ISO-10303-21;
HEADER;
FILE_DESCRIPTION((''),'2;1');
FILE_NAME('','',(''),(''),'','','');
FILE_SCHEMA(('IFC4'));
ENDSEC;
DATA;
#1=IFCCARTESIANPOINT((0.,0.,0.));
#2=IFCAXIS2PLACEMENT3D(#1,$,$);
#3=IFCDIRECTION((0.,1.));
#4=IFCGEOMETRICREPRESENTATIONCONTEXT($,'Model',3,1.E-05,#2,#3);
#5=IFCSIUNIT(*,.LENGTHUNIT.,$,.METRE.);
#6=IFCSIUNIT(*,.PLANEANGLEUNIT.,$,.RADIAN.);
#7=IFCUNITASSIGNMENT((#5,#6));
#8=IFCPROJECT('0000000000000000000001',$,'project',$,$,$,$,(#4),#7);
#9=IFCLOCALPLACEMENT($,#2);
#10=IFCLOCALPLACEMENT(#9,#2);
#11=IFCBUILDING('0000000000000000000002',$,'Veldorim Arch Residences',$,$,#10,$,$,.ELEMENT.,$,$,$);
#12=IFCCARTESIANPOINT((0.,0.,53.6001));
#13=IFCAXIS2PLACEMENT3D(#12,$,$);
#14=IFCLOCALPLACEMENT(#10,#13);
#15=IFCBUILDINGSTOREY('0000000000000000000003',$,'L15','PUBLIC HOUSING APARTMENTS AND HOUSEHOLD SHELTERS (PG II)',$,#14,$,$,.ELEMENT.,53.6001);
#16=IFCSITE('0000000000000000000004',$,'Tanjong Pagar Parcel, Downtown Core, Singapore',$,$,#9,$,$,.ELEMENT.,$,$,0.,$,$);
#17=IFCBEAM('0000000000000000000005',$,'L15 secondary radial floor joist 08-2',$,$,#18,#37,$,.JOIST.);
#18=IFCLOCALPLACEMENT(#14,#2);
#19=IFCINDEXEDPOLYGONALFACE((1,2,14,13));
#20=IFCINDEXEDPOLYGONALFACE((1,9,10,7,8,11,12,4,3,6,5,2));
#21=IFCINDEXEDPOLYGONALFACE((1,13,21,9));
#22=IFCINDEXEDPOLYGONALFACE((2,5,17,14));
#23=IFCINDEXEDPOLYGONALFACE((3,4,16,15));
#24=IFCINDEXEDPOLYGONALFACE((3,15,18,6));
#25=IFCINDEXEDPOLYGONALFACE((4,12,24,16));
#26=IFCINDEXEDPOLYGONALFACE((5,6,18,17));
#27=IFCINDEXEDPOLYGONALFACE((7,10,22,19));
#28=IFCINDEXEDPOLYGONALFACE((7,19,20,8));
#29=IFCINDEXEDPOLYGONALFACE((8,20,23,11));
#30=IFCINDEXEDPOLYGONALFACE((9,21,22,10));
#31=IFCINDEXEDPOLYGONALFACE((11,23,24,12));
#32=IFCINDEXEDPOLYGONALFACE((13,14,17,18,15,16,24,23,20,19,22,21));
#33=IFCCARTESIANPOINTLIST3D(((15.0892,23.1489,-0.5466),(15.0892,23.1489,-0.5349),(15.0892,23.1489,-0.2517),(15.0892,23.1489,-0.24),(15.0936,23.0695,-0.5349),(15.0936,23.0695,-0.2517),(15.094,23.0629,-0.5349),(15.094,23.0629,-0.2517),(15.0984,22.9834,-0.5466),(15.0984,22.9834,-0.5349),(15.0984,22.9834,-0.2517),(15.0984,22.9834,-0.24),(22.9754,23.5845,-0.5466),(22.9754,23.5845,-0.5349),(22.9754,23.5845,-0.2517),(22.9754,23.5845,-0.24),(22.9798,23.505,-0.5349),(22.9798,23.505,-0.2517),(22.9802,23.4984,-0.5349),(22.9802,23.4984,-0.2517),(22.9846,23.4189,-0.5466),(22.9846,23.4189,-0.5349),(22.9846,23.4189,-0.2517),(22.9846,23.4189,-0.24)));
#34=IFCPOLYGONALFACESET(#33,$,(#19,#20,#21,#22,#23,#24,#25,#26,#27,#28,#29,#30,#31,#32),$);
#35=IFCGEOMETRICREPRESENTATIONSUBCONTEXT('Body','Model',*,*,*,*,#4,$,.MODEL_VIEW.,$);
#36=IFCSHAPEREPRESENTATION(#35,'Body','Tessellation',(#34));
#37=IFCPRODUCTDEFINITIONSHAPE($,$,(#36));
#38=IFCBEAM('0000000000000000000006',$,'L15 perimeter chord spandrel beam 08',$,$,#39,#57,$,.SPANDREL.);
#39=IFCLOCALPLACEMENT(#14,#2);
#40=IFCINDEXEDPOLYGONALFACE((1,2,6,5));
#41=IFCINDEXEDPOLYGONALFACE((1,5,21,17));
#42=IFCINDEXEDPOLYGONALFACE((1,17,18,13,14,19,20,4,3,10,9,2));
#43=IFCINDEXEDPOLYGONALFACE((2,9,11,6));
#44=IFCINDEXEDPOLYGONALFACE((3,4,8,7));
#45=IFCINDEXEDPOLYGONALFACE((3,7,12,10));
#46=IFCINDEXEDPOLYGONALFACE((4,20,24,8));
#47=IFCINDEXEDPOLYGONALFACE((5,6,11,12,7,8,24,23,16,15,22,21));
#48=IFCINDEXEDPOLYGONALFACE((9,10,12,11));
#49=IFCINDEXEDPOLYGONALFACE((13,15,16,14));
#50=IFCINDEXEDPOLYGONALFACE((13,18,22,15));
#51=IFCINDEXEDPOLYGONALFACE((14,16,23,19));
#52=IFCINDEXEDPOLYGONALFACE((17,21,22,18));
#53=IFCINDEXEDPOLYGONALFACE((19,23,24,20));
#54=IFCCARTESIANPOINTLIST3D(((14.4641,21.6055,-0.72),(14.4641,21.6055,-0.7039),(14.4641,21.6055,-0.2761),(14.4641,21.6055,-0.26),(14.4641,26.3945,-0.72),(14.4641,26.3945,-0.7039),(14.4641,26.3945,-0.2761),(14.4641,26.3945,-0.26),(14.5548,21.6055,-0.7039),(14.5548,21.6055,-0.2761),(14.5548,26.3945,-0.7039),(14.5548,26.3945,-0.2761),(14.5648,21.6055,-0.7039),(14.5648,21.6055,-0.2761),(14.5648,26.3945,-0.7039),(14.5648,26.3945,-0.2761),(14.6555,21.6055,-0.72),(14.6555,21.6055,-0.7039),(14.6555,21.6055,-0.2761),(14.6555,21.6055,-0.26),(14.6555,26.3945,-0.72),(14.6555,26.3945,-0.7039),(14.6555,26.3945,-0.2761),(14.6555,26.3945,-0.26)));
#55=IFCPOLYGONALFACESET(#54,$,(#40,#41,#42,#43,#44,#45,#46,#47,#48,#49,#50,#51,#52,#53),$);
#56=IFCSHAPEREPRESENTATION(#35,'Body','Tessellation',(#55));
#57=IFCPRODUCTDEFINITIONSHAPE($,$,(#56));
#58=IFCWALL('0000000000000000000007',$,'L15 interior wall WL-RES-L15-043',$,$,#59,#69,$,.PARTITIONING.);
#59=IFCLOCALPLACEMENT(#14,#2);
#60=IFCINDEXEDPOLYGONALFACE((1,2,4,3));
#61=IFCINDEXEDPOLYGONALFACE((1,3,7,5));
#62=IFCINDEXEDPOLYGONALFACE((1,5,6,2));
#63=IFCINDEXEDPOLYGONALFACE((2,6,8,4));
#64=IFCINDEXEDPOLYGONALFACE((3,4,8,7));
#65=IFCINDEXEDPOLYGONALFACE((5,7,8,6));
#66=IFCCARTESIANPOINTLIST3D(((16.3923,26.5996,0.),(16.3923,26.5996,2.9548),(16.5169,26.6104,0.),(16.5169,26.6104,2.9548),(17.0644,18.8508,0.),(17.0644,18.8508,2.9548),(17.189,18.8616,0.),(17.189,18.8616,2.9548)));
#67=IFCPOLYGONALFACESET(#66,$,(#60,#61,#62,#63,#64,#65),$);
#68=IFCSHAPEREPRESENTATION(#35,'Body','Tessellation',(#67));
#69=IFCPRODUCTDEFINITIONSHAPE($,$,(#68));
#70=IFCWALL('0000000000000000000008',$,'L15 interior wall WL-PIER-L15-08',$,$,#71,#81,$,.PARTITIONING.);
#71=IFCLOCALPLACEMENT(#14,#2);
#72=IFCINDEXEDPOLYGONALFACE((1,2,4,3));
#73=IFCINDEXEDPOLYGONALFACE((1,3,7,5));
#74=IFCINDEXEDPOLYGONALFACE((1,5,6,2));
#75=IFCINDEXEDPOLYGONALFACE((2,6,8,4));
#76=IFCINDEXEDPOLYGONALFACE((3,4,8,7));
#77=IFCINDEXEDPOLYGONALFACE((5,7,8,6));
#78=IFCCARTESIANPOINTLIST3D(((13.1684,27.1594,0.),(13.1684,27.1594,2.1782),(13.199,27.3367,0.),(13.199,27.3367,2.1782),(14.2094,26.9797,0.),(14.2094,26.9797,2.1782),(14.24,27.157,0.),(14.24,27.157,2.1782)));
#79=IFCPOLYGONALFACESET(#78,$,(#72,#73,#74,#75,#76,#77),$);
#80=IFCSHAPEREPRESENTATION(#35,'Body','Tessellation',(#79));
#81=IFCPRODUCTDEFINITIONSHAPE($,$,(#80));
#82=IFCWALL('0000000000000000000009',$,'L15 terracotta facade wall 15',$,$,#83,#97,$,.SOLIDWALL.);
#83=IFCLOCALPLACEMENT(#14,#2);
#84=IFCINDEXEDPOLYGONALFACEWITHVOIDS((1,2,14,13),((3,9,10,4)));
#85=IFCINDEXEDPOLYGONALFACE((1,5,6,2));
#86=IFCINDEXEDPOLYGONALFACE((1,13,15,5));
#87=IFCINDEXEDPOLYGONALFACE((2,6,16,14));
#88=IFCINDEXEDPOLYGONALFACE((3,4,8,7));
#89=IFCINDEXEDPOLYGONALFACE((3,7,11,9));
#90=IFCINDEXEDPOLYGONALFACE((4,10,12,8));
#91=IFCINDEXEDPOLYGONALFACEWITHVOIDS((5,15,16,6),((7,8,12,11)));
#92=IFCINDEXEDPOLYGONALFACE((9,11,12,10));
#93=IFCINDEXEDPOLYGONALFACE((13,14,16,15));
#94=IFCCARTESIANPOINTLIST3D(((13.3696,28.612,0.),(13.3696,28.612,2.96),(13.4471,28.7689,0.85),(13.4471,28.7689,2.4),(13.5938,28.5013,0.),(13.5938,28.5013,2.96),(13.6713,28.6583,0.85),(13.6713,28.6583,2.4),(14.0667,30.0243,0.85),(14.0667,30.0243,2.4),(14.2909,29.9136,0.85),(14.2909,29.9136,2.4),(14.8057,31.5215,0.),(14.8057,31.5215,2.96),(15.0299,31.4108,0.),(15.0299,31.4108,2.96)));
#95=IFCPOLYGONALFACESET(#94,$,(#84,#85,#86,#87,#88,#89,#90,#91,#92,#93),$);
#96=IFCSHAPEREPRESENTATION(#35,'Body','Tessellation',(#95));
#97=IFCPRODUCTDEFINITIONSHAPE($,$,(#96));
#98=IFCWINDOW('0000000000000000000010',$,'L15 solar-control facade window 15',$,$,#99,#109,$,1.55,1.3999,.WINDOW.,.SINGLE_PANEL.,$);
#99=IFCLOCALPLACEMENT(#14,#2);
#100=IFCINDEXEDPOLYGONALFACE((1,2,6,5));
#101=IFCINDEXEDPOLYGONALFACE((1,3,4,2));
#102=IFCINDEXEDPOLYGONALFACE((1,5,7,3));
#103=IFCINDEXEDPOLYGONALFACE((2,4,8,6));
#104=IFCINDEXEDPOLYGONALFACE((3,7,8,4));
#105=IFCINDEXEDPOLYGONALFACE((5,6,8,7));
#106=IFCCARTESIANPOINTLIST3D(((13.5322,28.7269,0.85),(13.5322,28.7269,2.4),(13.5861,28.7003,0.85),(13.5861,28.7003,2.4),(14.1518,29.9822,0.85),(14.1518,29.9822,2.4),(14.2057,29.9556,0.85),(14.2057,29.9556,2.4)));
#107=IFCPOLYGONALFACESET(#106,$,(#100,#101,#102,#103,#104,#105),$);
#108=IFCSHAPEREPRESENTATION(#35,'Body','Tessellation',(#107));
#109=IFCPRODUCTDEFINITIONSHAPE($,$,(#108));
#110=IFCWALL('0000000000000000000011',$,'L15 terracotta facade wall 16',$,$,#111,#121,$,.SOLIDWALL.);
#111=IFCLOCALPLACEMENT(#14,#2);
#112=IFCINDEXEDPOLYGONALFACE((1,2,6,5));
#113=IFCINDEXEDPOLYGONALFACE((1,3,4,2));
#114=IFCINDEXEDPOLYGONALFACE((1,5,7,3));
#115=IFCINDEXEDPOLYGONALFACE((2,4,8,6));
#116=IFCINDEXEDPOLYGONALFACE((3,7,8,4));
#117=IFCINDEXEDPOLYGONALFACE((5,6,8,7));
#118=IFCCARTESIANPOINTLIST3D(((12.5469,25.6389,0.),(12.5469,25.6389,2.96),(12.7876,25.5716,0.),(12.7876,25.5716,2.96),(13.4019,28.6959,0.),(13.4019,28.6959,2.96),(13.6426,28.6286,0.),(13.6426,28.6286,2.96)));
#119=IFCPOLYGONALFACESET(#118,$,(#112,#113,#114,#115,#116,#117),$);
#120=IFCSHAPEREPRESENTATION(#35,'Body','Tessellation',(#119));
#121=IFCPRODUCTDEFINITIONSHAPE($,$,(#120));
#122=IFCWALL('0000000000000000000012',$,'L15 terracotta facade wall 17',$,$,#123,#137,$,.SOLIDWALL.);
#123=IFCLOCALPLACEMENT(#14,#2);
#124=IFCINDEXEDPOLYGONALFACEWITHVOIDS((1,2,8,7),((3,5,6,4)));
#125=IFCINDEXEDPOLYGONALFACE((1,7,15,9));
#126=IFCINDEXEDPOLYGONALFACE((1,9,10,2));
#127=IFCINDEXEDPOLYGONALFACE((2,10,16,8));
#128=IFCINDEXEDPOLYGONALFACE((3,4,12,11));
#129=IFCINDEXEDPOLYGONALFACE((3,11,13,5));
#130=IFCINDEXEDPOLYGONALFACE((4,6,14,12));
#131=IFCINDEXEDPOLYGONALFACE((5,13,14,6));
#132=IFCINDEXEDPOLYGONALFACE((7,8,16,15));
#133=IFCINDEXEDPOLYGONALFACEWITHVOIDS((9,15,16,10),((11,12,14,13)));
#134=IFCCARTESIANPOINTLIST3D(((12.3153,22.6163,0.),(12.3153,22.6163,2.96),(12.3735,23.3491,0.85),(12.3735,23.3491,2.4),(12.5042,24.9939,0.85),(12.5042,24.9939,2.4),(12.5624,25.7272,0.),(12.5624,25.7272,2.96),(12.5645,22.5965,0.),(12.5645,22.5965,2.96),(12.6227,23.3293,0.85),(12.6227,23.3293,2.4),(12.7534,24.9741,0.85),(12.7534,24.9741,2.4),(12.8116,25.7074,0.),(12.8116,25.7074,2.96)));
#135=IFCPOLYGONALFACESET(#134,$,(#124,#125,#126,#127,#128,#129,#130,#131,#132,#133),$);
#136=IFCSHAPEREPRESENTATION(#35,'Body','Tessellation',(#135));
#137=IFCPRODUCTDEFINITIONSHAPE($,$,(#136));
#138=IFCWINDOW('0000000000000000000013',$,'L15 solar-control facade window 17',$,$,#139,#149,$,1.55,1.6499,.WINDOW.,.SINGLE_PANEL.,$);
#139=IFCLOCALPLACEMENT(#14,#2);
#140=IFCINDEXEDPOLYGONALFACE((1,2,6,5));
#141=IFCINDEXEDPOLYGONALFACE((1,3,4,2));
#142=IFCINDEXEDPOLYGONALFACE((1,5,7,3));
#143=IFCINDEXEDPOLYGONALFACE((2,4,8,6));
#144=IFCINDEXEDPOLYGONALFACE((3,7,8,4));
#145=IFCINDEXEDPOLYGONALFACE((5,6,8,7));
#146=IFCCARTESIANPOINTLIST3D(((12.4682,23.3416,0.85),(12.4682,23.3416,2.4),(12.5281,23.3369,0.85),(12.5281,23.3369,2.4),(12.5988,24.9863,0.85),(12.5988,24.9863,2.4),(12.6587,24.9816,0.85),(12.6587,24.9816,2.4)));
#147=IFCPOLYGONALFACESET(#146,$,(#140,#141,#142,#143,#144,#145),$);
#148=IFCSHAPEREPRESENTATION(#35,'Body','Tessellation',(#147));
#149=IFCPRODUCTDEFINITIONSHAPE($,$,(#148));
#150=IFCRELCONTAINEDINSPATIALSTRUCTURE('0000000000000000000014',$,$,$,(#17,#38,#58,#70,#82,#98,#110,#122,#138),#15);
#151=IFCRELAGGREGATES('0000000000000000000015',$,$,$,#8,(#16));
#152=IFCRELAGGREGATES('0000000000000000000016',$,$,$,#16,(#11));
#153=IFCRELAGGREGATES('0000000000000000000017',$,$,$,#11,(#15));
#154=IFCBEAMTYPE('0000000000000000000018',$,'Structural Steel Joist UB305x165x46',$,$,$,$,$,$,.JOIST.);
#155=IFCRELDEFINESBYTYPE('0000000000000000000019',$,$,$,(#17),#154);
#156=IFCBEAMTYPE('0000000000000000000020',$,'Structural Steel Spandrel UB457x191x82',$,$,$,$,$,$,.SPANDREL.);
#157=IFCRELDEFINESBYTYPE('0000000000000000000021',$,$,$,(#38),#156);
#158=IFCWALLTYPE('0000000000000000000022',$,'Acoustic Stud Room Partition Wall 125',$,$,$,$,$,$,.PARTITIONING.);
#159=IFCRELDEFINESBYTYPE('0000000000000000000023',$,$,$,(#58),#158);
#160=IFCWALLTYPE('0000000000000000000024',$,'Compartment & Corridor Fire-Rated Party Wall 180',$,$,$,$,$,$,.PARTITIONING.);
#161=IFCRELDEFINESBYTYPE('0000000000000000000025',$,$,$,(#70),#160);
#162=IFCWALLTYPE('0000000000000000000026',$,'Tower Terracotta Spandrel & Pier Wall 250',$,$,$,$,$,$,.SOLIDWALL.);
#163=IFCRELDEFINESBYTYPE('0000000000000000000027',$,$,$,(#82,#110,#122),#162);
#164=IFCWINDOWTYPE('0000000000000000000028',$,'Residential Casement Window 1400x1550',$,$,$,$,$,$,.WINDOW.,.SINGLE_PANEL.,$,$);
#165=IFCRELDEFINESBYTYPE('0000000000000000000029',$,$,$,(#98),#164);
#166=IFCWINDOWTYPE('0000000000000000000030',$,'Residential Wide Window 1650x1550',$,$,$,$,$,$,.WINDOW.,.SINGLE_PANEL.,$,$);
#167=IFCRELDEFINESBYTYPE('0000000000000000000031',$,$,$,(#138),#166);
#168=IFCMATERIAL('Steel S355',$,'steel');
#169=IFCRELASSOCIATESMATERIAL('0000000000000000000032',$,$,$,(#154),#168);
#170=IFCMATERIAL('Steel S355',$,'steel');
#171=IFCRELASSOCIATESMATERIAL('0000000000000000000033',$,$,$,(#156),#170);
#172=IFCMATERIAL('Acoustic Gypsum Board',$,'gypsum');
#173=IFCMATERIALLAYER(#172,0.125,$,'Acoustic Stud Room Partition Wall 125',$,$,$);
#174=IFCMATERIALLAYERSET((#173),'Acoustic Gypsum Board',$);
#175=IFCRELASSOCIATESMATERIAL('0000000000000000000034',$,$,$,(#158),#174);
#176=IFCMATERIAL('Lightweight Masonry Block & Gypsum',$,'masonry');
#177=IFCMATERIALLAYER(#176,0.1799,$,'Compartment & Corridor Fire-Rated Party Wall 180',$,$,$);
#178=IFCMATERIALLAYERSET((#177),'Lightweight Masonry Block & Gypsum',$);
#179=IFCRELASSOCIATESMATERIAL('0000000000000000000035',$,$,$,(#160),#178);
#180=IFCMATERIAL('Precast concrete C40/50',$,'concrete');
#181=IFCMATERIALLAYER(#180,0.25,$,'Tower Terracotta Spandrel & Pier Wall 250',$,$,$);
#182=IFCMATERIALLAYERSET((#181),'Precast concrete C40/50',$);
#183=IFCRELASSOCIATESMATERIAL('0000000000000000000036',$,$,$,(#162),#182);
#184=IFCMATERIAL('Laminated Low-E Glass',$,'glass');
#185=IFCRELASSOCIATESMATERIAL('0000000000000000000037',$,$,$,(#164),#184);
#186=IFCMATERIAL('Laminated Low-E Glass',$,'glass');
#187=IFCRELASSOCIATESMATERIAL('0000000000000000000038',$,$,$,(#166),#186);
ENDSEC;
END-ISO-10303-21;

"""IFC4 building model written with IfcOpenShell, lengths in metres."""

from ifc_helpers import new_model, si_unit, direction, frame, frame_2d, origin, origin_2d, place, context, subcontext, project, spatial, rectangle, i_section, extrude, material, layer, layer_set, material_profile, profile_set, type_object, element, fill, save


model = new_model("IFC4")

# Units and contexts
model_context = context("Model", 3, precision=1e-05, world=origin(), true_north=direction((0.0, 1.0)))
body_context = subcontext(model_context, "Body", "Model", "MODEL_VIEW")
ifc_project = project(units=[si_unit("LENGTHUNIT", "METRE"), si_unit("PLANEANGLEUNIT", "RADIAN")], contexts=[model_context])

# Site, building, storey
site_placement = place(None, origin())
site = spatial("IfcSite", under=ifc_project, at=site_placement, Name="Tanjong Pagar Parcel, Downtown Core, Singapore", CompositionType="ELEMENT", RefElevation=0.0)
building_placement = place(site_placement, origin())
building = spatial("IfcBuilding", under=site, at=building_placement, Name="Veldorim Arch Residences", CompositionType="ELEMENT")
storey_placement = place(building_placement, frame((0.0, 0.0, 53.6001)))
storey = spatial("IfcBuildingStorey", under=building, at=storey_placement, Name="L15", Description="PUBLIC HOUSING APARTMENTS AND HOUSEHOLD SHELTERS (PG II)", CompositionType="ELEMENT", Elevation=53.6001)

# Beams
ifc_material_1 = material(Name="Steel S355", Category="steel")
ifc_material_profile_1 = material_profile(ifc_material_1, i_section(OverallWidth=0.1658, OverallDepth=0.3066, WebThickness=0.0066, FlangeThickness=0.0117, at=origin_2d()), Name="UB305x165x46")
ifc_profile_set_1 = profile_set([ifc_material_profile_1], Name="Steel S355")
beam_type_1 = type_object("IfcBeamType", Name="Structural Steel Joist UB305x165x46", PredefinedType="JOIST", material=ifc_profile_set_1)
for number, where, z_axis, x_axis, name in (
    (1, (22.98, 23.5017, -0.3933), (-0.998478, -0.055145, 0.0), (0.055145, -0.998478, 0.0), "L15 secondary radial floor joist 08-2"),
):
    element("IfcBeam", number, at=place(storey_placement, frame(where, z_axis=z_axis, x_axis=x_axis)), inside=storey, type_object=beam_type_1, Name=name, PredefinedType="JOIST", context=body_context, shape_type="SweptSolid", body=[
        extrude(i_section(OverallWidth=0.1658, OverallDepth=0.3066, WebThickness=0.0066, FlangeThickness=0.0117, at=origin_2d()), origin(), (0.0, 0.0, 1.0), 7.8982),
    ])
ifc_material_2 = material(Name="Steel S355", Category="steel")
ifc_material_profile_2 = material_profile(ifc_material_2, i_section(OverallWidth=0.1914, OverallDepth=0.46, WebThickness=0.01, FlangeThickness=0.0161, at=origin_2d()), Name="UB457x191x82")
ifc_profile_set_2 = profile_set([ifc_material_profile_2], Name="Steel S355")
beam_type_2 = type_object("IfcBeamType", Name="Structural Steel Spandrel UB457x191x82", PredefinedType="SPANDREL", material=ifc_profile_set_2)
beam_1_placement = place(storey_placement, frame((14.5598, 26.3945, -0.49), z_axis=(0.0, -1.0, 0.0), x_axis=(1.0, 0.0, 0.0)))
element("IfcBeam", 2, at=beam_1_placement, inside=storey, type_object=beam_type_2, Name="L15 perimeter chord spandrel beam 08", PredefinedType="SPANDREL", context=body_context, shape_type="SweptSolid", body=[
    extrude(i_section(OverallWidth=0.1914, OverallDepth=0.46, WebThickness=0.01, FlangeThickness=0.0161, at=origin_2d()), origin(), (0.0, 0.0, 1.0), 4.7891),
])

# Walls
ifc_material_3 = material(Name="Acoustic Gypsum Board", Category="gypsum")
ifc_layer_1 = layer(ifc_material_3, 0.125, Name="Acoustic Stud Room Partition Wall 125")
ifc_layer_set_1 = layer_set([ifc_layer_1], Name="Acoustic Gypsum Board")
wall_type_1 = type_object("IfcWallType", Name="Acoustic Stud Room Partition Wall 125", PredefinedType="PARTITIONING", material=ifc_layer_set_1)
wall_1_placement = place(storey_placement, frame((16.4546, 26.605, 0.0), z_axis=(0.0, 0.0, 1.0), x_axis=(0.086414, -0.996259, 0.0)))
element("IfcWall", 3, at=wall_1_placement, inside=storey, type_object=wall_type_1, Name="L15 interior wall WL-RES-L15-043", PredefinedType="PARTITIONING", context=body_context, shape_type="SweptSolid", body=[
    extrude(rectangle(XDim=7.7778, YDim=0.125, at=frame_2d((3.8889, 0.0))), origin(), (0.0, 0.0, 1.0), 2.9548),
])
ifc_material_4 = material(Name="Lightweight Masonry Block & Gypsum", Category="masonry")
ifc_layer_2 = layer(ifc_material_4, 0.1799, Name="Compartment & Corridor Fire-Rated Party Wall 180")
ifc_layer_set_2 = layer_set([ifc_layer_2], Name="Lightweight Masonry Block & Gypsum")
wall_type_2 = type_object("IfcWallType", Name="Compartment & Corridor Fire-Rated Party Wall 180", PredefinedType="PARTITIONING", material=ifc_layer_set_2)
wall_2_placement = place(storey_placement, frame((14.2249, 27.0684, 0.0), z_axis=(0.0, 0.0, 1.0), x_axis=(-0.985428, 0.170093, 0.0)))
element("IfcWall", 4, at=wall_2_placement, inside=storey, type_object=wall_type_2, Name="L15 interior wall WL-PIER-L15-08", PredefinedType="PARTITIONING", context=body_context, shape_type="SweptSolid", body=[
    extrude(rectangle(XDim=1.0564, YDim=0.1799, at=frame_2d((0.5283, 0.0))), origin(), (0.0, 0.0, 1.0), 2.1782),
])

# Wall, opening, window
ifc_material_5 = material(Name="Precast concrete C40/50", Category="concrete")
ifc_layer_3 = layer(ifc_material_5, 0.25, Name="Tower Terracotta Spandrel & Pier Wall 250")
ifc_layer_set_3 = layer_set([ifc_layer_3], Name="Precast concrete C40/50")
wall_type_3 = type_object("IfcWallType", Name="Tower Terracotta Spandrel & Pier Wall 250", PredefinedType="SOLIDWALL", material=ifc_layer_set_3)
wall_3_placement = place(storey_placement, frame((13.4817, 28.5566, 0.0), z_axis=(0.0, 0.0, 1.0), x_axis=(0.442603, 0.896718, 0.0)))
wall_3 = element("IfcWall", 5, at=wall_3_placement, inside=storey, type_object=wall_type_3, Name="L15 terracotta facade wall 15", PredefinedType="SOLIDWALL", context=body_context, shape_type="SweptSolid", body=[
    extrude(rectangle(XDim=3.2446, YDim=0.25, at=frame_2d((1.6223, 0.0))), origin(), (0.0, 0.0, 1.0), 2.96),
])
opening_1_placement = place(wall_3_placement, frame((0.175, 0.0, 0.8501)))
opening_1 = element("IfcOpeningElement", 6, at=opening_1_placement, cuts=wall_3, PredefinedType="OPENING", context=body_context, shape_type="SweptSolid", body=[
    extrude(rectangle(XDim=1.3999, YDim=1.55, at=frame_2d((0.7, 0.7749))), frame((0.0, 0.135, 0.0), z_axis=(0.0, -1.0, 0.0), x_axis=(1.0, 0.0, 0.0)), (0.0, 0.0, 1.0), 0.27),
])
ifc_material_6 = material(Name="Laminated Low-E Glass", Category="glass")
window_type_1 = type_object("IfcWindowType", Name="Residential Casement Window 1400x1550", PartitioningType="SINGLE_PANEL", PredefinedType="WINDOW", material=ifc_material_6)
window_1_placement = place(opening_1_placement, origin())
window_1 = element("IfcWindow", 7, at=window_1_placement, inside=storey, type_object=window_type_1, Name="L15 solar-control facade window 15", OverallHeight=1.55, OverallWidth=1.3999, PartitioningType="SINGLE_PANEL", PredefinedType="WINDOW", context=body_context, shape_type="SweptSolid", body=[
    extrude(rectangle(XDim=1.3999, YDim=1.55, at=frame_2d((0.7, 0.7749))), frame((0.0, 0.03, 0.0), z_axis=(0.0, -1.0, 0.0), x_axis=(1.0, 0.0, 0.0)), (0.0, 0.0, 1.0), 0.0601),
])
fill(opening_1, window_1)

# Wall
wall_4_placement = place(storey_placement, frame((12.6672, 25.6052, 0.0), z_axis=(0.0, 0.0, 1.0), x_axis=(0.269353, 0.963041, 0.0)))
element("IfcWall", 8, at=wall_4_placement, inside=storey, type_object=wall_type_3, Name="L15 terracotta facade wall 16", PredefinedType="SOLIDWALL", context=body_context, shape_type="SweptSolid", body=[
    extrude(rectangle(XDim=3.1743, YDim=0.25, at=frame_2d((1.5872, 0.0))), origin(), (0.0, 0.0, 1.0), 2.96),
])

# Wall, opening, window
wall_5_placement = place(storey_placement, frame((12.4399, 22.6064, 0.0), z_axis=(0.0, 0.0, 1.0), x_axis=(0.079173, 0.996861, 0.0)))
wall_5 = element("IfcWall", 9, at=wall_5_placement, inside=storey, type_object=wall_type_3, Name="L15 terracotta facade wall 17", PredefinedType="SOLIDWALL", context=body_context, shape_type="SweptSolid", body=[
    extrude(rectangle(XDim=3.1206, YDim=0.25, at=frame_2d((1.5603, 0.0))), origin(), (0.0, 0.0, 1.0), 2.96),
])
opening_2_placement = place(wall_5_placement, frame((0.7351, 0.0, 0.8501)))
opening_2 = element("IfcOpeningElement", 10, at=opening_2_placement, cuts=wall_5, PredefinedType="OPENING", context=body_context, shape_type="SweptSolid", body=[
    extrude(rectangle(XDim=1.6499, YDim=1.55, at=frame_2d((0.825, 0.7749))), frame((0.0, 0.135, 0.0), z_axis=(0.0, -1.0, 0.0), x_axis=(1.0, 0.0, 0.0)), (0.0, 0.0, 1.0), 0.27),
])
ifc_material_7 = material(Name="Laminated Low-E Glass", Category="glass")
window_type_2 = type_object("IfcWindowType", Name="Residential Wide Window 1650x1550", PartitioningType="SINGLE_PANEL", PredefinedType="WINDOW", material=ifc_material_7)
window_2_placement = place(opening_2_placement, origin())
window_2 = element("IfcWindow", 11, at=window_2_placement, inside=storey, type_object=window_type_2, Name="L15 solar-control facade window 17", OverallHeight=1.55, OverallWidth=1.6499, PartitioningType="SINGLE_PANEL", PredefinedType="WINDOW", context=body_context, shape_type="SweptSolid", body=[
    extrude(rectangle(XDim=1.6499, YDim=1.55, at=frame_2d((0.825, 0.7749))), frame((0.0, 0.03, 0.0), z_axis=(0.0, -1.0, 0.0), x_axis=(1.0, 0.0, 0.0)), (0.0, 0.0, 1.0), 0.0601),
])
fill(opening_2, window_2)

save(model, "model.ifc")
